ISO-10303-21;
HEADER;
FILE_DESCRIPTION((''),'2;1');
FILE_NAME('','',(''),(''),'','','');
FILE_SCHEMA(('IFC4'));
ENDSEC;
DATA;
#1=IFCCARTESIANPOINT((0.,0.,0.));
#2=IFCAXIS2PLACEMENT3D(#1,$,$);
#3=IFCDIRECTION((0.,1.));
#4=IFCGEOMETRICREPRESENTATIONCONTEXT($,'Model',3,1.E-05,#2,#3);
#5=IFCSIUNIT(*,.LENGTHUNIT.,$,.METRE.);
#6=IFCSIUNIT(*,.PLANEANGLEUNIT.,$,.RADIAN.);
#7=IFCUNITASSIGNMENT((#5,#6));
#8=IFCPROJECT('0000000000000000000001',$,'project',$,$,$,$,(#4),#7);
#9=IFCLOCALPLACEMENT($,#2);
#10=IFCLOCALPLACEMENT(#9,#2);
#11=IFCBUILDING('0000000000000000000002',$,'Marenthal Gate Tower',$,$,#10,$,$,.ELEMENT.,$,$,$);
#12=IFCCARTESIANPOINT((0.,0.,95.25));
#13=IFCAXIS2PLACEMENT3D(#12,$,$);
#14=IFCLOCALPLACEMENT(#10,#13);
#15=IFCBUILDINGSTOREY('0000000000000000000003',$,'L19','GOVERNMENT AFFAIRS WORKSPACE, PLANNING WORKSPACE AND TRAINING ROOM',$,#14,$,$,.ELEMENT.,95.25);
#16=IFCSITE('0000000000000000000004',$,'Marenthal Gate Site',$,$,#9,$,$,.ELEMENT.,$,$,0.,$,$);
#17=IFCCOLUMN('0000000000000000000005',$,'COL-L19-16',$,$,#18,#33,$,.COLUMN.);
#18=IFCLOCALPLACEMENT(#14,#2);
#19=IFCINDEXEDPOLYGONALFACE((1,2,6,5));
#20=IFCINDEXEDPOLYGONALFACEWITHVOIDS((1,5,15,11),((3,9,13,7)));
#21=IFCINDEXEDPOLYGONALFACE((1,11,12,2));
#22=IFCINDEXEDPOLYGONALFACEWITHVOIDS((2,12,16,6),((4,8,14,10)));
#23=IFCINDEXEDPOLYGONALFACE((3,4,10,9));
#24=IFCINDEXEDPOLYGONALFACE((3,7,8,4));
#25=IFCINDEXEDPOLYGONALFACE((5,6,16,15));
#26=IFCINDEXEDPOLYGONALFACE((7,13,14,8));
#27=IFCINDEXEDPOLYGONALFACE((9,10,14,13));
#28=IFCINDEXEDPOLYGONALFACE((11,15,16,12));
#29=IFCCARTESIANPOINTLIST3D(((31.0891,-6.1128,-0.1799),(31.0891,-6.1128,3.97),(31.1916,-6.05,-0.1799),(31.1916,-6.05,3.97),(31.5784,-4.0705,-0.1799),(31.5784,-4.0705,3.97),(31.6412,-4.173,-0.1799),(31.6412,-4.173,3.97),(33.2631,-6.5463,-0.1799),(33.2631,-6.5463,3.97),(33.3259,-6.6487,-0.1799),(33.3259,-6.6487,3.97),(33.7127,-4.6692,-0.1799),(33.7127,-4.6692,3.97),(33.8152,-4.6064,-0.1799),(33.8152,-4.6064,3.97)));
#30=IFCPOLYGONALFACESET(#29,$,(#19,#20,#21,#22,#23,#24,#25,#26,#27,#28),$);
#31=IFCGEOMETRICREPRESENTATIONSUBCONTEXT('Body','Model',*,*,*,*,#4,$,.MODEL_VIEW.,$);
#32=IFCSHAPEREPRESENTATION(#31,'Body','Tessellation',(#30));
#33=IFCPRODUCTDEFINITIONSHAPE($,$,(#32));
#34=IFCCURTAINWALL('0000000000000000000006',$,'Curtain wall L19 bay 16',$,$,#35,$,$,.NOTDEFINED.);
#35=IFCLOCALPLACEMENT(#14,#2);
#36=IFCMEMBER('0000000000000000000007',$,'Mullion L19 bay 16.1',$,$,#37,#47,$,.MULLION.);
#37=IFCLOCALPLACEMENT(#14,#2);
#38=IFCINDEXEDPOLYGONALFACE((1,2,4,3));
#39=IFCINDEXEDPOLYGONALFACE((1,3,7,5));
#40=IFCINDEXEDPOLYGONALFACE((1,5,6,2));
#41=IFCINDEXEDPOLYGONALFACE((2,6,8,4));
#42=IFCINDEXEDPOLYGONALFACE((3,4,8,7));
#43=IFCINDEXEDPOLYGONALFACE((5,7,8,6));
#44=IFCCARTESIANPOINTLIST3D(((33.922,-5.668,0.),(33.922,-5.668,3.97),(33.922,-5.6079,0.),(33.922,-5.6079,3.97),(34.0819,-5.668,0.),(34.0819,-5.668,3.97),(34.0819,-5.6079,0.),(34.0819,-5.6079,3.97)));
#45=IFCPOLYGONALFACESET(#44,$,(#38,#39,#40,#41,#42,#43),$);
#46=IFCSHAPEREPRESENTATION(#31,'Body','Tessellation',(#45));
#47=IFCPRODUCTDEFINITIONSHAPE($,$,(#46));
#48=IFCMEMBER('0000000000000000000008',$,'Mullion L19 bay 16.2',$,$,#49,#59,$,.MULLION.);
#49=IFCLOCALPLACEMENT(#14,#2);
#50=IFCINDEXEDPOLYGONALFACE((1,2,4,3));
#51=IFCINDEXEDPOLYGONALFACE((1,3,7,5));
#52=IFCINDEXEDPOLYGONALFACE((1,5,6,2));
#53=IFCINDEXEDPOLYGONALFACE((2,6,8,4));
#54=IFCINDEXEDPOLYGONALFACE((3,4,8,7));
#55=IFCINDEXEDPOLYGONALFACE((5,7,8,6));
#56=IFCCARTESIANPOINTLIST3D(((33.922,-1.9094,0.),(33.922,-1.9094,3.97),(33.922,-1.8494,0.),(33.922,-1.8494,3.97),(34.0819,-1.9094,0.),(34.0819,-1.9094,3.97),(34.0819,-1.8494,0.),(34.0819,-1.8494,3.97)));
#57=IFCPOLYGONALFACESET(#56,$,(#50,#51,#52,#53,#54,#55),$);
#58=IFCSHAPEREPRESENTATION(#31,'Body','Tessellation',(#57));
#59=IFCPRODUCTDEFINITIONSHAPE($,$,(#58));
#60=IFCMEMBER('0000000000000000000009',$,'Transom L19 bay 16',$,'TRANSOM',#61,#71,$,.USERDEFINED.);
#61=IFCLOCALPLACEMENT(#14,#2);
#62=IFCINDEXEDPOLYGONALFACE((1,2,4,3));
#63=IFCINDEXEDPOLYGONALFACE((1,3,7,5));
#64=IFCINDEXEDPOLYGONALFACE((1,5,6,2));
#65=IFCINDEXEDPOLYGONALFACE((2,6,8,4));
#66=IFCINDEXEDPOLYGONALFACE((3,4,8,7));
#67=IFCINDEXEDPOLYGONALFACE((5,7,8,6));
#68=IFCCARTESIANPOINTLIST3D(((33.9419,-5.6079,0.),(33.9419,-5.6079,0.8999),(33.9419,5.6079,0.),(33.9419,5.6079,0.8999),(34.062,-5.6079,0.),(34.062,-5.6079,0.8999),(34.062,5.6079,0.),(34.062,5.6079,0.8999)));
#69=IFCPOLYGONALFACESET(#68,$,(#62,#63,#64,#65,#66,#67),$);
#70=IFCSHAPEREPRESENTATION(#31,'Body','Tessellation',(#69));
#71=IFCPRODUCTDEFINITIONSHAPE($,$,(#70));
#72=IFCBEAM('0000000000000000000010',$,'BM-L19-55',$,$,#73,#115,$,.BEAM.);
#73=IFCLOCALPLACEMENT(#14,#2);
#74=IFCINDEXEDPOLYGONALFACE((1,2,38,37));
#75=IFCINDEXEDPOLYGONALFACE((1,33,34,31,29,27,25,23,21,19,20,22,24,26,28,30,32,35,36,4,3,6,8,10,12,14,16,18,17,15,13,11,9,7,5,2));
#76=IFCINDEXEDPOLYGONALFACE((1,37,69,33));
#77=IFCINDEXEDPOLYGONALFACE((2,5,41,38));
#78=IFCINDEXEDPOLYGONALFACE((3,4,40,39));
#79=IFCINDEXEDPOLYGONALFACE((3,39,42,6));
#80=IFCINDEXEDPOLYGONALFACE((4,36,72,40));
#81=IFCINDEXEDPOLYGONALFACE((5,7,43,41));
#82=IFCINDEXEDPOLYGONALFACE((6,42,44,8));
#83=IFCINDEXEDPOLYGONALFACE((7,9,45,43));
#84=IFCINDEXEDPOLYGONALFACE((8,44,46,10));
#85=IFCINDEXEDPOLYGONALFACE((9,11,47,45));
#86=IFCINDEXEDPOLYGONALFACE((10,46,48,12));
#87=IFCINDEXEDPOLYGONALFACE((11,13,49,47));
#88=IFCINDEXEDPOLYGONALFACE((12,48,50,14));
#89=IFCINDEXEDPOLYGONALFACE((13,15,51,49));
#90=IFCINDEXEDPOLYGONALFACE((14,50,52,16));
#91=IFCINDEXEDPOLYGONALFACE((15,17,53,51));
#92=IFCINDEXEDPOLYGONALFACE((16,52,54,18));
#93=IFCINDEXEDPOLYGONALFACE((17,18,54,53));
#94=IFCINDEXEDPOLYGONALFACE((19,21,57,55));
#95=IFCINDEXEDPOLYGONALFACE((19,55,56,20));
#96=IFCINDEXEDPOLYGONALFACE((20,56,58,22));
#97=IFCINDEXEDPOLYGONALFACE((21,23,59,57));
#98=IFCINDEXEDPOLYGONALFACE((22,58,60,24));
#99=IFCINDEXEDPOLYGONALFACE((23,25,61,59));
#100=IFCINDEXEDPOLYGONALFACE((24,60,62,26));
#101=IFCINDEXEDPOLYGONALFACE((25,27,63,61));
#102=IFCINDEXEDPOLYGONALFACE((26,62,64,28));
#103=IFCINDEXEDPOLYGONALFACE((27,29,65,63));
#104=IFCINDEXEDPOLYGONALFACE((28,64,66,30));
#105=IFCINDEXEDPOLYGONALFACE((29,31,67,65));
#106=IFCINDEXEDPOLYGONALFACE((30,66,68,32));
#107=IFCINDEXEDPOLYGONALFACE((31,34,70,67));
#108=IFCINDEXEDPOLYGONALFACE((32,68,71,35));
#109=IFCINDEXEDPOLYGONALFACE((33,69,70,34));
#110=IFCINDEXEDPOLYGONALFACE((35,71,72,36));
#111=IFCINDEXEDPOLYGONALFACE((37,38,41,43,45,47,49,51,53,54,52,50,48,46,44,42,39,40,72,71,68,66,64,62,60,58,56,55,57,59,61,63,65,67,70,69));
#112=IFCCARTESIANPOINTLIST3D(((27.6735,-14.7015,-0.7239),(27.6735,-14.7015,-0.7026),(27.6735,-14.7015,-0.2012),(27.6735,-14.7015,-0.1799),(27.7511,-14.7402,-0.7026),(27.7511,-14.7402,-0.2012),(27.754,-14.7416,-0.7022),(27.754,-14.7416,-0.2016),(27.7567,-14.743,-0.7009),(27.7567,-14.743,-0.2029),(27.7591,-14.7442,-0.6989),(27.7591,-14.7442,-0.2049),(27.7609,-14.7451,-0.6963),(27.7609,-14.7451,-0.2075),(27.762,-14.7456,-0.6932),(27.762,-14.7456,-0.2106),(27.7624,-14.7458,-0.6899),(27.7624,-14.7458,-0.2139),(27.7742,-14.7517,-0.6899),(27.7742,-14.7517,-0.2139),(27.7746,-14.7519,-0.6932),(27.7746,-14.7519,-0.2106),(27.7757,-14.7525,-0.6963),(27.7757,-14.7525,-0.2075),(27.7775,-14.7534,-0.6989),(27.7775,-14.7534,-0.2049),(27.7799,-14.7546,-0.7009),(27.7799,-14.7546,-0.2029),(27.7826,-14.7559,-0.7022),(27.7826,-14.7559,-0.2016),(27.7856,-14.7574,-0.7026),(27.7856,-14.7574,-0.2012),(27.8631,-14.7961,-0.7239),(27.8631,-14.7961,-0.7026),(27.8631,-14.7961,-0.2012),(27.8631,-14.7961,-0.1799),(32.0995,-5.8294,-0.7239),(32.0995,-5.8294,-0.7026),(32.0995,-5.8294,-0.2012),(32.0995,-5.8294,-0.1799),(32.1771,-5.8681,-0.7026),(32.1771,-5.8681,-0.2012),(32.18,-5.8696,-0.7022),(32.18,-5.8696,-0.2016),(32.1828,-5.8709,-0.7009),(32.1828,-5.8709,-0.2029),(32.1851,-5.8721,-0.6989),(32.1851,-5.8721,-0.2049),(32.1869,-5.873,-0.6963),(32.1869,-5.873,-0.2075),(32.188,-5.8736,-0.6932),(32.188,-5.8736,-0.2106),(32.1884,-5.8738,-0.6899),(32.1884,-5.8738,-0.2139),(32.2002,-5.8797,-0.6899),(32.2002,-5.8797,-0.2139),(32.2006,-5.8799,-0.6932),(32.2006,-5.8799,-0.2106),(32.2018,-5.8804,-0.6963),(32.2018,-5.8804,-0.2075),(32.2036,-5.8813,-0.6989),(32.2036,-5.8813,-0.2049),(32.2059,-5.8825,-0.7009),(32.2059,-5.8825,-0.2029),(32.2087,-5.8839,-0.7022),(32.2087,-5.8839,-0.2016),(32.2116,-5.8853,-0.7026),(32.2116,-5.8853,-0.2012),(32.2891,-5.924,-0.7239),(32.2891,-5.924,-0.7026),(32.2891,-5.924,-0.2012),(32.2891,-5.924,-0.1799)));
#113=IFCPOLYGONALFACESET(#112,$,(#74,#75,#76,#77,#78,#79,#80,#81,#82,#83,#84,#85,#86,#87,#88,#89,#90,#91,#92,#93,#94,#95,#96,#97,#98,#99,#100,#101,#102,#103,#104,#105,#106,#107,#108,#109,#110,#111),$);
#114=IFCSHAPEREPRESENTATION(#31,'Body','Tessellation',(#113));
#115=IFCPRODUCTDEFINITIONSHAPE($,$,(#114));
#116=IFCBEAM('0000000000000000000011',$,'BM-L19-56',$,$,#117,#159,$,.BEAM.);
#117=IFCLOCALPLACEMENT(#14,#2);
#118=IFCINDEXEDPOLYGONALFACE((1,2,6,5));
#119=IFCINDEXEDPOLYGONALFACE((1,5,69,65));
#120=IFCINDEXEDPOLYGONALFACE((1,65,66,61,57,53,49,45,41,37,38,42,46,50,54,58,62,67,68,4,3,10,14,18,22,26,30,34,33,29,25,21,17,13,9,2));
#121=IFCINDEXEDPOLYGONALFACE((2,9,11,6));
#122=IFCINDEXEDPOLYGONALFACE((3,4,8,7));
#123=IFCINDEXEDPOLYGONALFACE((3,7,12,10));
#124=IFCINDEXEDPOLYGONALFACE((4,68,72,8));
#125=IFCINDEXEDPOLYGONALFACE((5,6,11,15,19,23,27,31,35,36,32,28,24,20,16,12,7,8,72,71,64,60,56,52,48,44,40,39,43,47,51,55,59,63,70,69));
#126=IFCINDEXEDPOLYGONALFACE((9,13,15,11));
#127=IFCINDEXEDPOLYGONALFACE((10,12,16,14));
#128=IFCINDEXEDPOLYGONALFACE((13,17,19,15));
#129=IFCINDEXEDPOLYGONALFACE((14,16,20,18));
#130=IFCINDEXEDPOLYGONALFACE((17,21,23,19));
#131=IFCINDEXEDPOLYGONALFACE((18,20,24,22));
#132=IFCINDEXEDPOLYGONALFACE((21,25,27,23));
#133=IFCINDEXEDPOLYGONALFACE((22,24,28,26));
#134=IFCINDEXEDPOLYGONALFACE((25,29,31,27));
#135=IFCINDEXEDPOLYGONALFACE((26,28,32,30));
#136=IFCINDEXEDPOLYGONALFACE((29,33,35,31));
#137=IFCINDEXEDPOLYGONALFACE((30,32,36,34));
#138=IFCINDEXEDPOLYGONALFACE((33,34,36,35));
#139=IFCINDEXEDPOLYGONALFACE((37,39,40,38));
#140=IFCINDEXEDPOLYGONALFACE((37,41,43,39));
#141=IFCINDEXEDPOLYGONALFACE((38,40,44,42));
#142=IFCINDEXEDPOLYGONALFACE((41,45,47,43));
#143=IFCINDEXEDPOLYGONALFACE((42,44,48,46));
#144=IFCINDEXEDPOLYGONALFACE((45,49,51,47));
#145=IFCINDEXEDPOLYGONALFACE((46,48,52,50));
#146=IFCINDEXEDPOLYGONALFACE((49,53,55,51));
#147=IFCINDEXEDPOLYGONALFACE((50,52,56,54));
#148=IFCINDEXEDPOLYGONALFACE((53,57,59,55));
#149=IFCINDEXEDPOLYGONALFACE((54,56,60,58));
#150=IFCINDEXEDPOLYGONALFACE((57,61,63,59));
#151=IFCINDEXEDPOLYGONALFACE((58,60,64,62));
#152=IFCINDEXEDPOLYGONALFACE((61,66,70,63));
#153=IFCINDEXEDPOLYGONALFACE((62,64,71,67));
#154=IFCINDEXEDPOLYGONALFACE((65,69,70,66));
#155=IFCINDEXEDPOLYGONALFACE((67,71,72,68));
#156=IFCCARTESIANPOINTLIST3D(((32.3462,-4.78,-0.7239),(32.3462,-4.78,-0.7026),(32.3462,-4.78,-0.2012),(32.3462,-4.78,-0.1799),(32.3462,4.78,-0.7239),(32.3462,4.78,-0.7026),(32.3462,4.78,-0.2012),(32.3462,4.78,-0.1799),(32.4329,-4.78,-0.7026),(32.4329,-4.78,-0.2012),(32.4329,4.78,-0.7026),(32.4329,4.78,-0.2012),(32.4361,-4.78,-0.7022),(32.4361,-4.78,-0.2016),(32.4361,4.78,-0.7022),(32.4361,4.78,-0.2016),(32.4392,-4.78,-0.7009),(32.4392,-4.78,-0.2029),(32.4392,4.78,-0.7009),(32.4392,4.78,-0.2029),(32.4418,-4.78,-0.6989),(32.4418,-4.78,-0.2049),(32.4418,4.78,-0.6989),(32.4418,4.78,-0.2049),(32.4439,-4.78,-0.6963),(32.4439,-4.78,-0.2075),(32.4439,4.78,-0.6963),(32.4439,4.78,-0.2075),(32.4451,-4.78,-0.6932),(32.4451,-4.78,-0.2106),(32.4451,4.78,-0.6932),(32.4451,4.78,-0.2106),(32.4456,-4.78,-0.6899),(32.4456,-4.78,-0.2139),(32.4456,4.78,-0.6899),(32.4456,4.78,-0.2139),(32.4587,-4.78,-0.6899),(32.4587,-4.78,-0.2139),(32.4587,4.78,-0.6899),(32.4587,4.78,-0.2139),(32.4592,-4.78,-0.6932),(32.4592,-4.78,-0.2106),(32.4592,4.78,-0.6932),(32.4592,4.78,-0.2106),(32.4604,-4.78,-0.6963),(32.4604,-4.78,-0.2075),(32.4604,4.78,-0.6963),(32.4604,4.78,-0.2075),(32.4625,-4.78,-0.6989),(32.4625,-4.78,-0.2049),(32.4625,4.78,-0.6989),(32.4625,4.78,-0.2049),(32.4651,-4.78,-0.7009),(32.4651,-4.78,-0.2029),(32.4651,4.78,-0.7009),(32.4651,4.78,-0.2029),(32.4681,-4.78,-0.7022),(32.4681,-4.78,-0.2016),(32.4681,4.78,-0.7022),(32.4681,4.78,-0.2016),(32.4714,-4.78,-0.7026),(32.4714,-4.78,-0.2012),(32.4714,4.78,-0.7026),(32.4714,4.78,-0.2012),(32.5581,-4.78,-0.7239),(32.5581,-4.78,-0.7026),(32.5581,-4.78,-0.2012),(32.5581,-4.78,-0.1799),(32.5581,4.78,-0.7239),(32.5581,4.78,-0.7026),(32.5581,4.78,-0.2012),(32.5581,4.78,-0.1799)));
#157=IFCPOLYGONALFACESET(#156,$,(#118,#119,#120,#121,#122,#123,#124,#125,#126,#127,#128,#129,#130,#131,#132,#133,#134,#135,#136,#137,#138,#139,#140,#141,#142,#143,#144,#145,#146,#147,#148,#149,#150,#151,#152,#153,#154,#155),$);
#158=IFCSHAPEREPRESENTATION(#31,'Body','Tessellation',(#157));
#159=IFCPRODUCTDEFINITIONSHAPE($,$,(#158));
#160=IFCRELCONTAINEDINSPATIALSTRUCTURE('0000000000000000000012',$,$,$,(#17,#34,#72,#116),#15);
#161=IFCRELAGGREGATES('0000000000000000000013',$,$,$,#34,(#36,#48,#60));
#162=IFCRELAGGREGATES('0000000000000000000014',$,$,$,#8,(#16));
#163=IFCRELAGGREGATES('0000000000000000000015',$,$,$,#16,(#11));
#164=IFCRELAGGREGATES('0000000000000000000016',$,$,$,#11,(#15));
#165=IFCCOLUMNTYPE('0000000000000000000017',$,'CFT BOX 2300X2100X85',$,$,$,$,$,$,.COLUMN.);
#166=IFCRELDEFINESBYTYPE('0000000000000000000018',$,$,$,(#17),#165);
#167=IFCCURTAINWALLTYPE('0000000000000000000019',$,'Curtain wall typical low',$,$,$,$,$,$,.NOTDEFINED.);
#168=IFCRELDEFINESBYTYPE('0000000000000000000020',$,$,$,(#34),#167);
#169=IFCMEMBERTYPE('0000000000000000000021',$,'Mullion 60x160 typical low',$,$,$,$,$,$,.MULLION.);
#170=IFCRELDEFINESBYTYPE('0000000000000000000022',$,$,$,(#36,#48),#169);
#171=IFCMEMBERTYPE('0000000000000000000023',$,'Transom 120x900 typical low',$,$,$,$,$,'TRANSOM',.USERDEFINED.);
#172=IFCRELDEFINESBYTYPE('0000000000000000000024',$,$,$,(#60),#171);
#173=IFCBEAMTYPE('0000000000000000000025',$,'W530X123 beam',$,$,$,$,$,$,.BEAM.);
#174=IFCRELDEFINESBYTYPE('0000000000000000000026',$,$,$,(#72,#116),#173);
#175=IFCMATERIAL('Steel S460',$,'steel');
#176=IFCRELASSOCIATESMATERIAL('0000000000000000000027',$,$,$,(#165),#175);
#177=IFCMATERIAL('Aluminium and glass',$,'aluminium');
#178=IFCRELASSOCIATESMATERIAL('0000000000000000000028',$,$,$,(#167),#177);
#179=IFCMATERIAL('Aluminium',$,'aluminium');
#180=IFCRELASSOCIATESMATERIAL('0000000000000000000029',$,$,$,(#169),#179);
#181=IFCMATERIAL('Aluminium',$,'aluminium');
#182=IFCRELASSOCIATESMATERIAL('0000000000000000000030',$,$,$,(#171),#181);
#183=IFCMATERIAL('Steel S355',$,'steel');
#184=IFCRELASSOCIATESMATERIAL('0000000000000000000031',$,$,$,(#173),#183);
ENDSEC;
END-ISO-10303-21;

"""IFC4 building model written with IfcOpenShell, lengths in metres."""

from ifc_helpers import new_model, si_unit, direction, frame, origin, origin_2d, place, context, subcontext, project, spatial, rectangle, hollow_rectangle, i_section, extrude, material, material_profile, profile_set, type_object, element, aggregate, save


model = new_model("IFC4")

# Units and contexts
model_context = context("Model", 3, precision=1e-05, world=origin(), true_north=direction((0.0, 1.0)))
body_context = subcontext(model_context, "Body", "Model", "MODEL_VIEW")
ifc_project = project(units=[si_unit("LENGTHUNIT", "METRE"), si_unit("PLANEANGLEUNIT", "RADIAN")], contexts=[model_context])

# Site, building, storey
site_placement = place(None, origin())
site = spatial("IfcSite", under=ifc_project, at=site_placement, Name="Marenthal Gate Site", CompositionType="ELEMENT", RefElevation=0.0)
building_placement = place(site_placement, origin())
building = spatial("IfcBuilding", under=site, at=building_placement, Name="Marenthal Gate Tower", CompositionType="ELEMENT")
storey_placement = place(building_placement, frame((0.0, 0.0, 95.25)))
storey = spatial("IfcBuildingStorey", under=building, at=storey_placement, Name="L19", Description="GOVERNMENT AFFAIRS WORKSPACE, PLANNING WORKSPACE AND TRAINING ROOM", CompositionType="ELEMENT", Elevation=95.25)

# Column
ifc_material_1 = material(Name="Steel S460", Category="steel")
ifc_material_profile_1 = material_profile(ifc_material_1, hollow_rectangle(XDim=2.1001, YDim=2.3, WallThickness=0.085, at=origin_2d()), Name="CFT BOX 2300X2100X85")
ifc_material_2 = material(Name="Concrete 70 MPa", Category="concrete")
ifc_material_profile_2 = material_profile(ifc_material_2, rectangle(XDim=1.9299, YDim=2.1299, at=origin_2d()), Name="CFT BOX 2300X2100X85 INFILL")
ifc_profile_set_1 = profile_set([ifc_material_profile_1, ifc_material_profile_2], Name="Steel S460 shell, Concrete 70 MPa infill")
column_type = type_object("IfcColumnType", Name="CFT BOX 2300X2100X85", PredefinedType="COLUMN", material=ifc_profile_set_1)
column_placement = place(storey_placement, frame((32.4521, -5.3596, -0.1799), z_axis=(0.0, 0.0, 1.0), x_axis=(-0.232974, -0.972483, 0.0)))
element("IfcColumn", 1, at=column_placement, inside=storey, type_object=column_type, Name="COL-L19-16", PredefinedType="COLUMN", context=body_context, shape_type="SweptSolid", body=[
    extrude(hollow_rectangle(XDim=2.1001, YDim=2.3, WallThickness=0.085, at=origin_2d()), origin(), (0.0, 0.0, 1.0), 4.1499),
])

# Curtain wall, members
ifc_material_3 = material(Name="Aluminium and glass", Category="aluminium")
curtain_wall_type = type_object("IfcCurtainWallType", Name="Curtain wall typical low", PredefinedType="NOTDEFINED", material=ifc_material_3)
curtain_wall_placement = place(storey_placement, origin())
curtain_wall = element("IfcCurtainWall", 2, at=curtain_wall_placement, inside=storey, type_object=curtain_wall_type, Name="Curtain wall L19 bay 16", PredefinedType="NOTDEFINED")
ifc_material_4 = material(Name="Aluminium", Category="aluminium")
ifc_material_profile_3 = material_profile(ifc_material_4, rectangle(XDim=0.1599, YDim=0.0601, at=origin_2d()), Name="60x160 aluminium mullion")
ifc_profile_set_2 = profile_set([ifc_material_profile_3], Name="Aluminium")
member_type_1 = type_object("IfcMemberType", Name="Mullion 60x160 typical low", PredefinedType="MULLION", material=ifc_profile_set_2)
member_1_placement = place(storey_placement, frame((34.002, -5.6379, 0.0), z_axis=(0.0, 0.0, 1.0), x_axis=(-1.0, 0.0, 0.0)))
member_1 = element("IfcMember", 3, at=member_1_placement, type_object=member_type_1, Name="Mullion L19 bay 16.1", PredefinedType="MULLION", context=body_context, shape_type="SweptSolid", body=[
    extrude(rectangle(XDim=0.1599, YDim=0.0601, at=origin_2d()), origin(), (0.0, 0.0, 1.0), 3.97),
])
member_2_placement = place(storey_placement, frame((34.002, -1.8794, 0.0), z_axis=(0.0, 0.0, 1.0), x_axis=(-1.0, 0.0, 0.0)))
member_2 = element("IfcMember", 4, at=member_2_placement, type_object=member_type_1, Name="Mullion L19 bay 16.2", PredefinedType="MULLION", context=body_context, shape_type="SweptSolid", body=[
    extrude(rectangle(XDim=0.1599, YDim=0.0601, at=origin_2d()), origin(), (0.0, 0.0, 1.0), 3.97),
])
ifc_material_5 = material(Name="Aluminium", Category="aluminium")
ifc_material_profile_4 = material_profile(ifc_material_5, rectangle(XDim=0.1201, YDim=0.8999, at=origin_2d()), Name="120x900 aluminium transom")
ifc_profile_set_3 = profile_set([ifc_material_profile_4], Name="Aluminium")
member_type_2 = type_object("IfcMemberType", Name="Transom 120x900 typical low", ElementType="TRANSOM", PredefinedType="USERDEFINED", material=ifc_profile_set_3)
member_3_placement = place(storey_placement, frame((34.002, -5.6079, 0.45), z_axis=(0.0, 1.0, 0.0), x_axis=(-1.0, 0.0, 0.0)))
member_3 = element("IfcMember", 5, at=member_3_placement, type_object=member_type_2, Name="Transom L19 bay 16", ObjectType="TRANSOM", PredefinedType="USERDEFINED", context=body_context, shape_type="SweptSolid", body=[
    extrude(rectangle(XDim=0.1201, YDim=0.8999, at=origin_2d()), origin(), (0.0, 0.0, 1.0), 11.2158),
])

# Beams
ifc_material_6 = material(Name="Steel S355", Category="steel")
ifc_material_profile_5 = material_profile(ifc_material_6, i_section(OverallWidth=0.2119, OverallDepth=0.5439, WebThickness=0.0132, FlangeThickness=0.0212, FilletRadius=0.0127, at=origin_2d()), Name="W530X123")
ifc_profile_set_4 = profile_set([ifc_material_profile_5], Name="Steel S355")
beam_type_1 = type_object("IfcBeamType", Name="W530X123 beam", PredefinedType="BEAM", material=ifc_profile_set_4)
beam_1_placement = place(storey_placement, frame((27.7683, -14.7488, -0.4519), z_axis=(0.446406, 0.894831, 0.0), x_axis=(-0.894831, 0.446406, 0.0)))
element("IfcBeam", 6, at=beam_1_placement, inside=storey, type_object=beam_type_1, Name="BM-L19-55", PredefinedType="BEAM", context=body_context, shape_type="SweptSolid", body=[
    extrude(i_section(OverallWidth=0.2119, OverallDepth=0.5439, WebThickness=0.0132, FlangeThickness=0.0212, FilletRadius=0.0127, at=origin_2d()), origin(), (0.0, 0.0, 1.0), 9.9148),
])
beam_2_placement = place(storey_placement, frame((32.4521, -4.78, -0.4519), z_axis=(0.0, 1.0, 0.0), x_axis=(-1.0, 0.0, 0.0)))
element("IfcBeam", 7, at=beam_2_placement, inside=storey, type_object=beam_type_1, Name="BM-L19-56", PredefinedType="BEAM", context=body_context, shape_type="SweptSolid", body=[
    extrude(i_section(OverallWidth=0.2119, OverallDepth=0.5439, WebThickness=0.0132, FlangeThickness=0.0212, FilletRadius=0.0127, at=origin_2d()), origin(), (0.0, 0.0, 1.0), 9.5601),
])

aggregate(curtain_wall, [member_1, member_2, member_3])

save(model, "model.ifc")
